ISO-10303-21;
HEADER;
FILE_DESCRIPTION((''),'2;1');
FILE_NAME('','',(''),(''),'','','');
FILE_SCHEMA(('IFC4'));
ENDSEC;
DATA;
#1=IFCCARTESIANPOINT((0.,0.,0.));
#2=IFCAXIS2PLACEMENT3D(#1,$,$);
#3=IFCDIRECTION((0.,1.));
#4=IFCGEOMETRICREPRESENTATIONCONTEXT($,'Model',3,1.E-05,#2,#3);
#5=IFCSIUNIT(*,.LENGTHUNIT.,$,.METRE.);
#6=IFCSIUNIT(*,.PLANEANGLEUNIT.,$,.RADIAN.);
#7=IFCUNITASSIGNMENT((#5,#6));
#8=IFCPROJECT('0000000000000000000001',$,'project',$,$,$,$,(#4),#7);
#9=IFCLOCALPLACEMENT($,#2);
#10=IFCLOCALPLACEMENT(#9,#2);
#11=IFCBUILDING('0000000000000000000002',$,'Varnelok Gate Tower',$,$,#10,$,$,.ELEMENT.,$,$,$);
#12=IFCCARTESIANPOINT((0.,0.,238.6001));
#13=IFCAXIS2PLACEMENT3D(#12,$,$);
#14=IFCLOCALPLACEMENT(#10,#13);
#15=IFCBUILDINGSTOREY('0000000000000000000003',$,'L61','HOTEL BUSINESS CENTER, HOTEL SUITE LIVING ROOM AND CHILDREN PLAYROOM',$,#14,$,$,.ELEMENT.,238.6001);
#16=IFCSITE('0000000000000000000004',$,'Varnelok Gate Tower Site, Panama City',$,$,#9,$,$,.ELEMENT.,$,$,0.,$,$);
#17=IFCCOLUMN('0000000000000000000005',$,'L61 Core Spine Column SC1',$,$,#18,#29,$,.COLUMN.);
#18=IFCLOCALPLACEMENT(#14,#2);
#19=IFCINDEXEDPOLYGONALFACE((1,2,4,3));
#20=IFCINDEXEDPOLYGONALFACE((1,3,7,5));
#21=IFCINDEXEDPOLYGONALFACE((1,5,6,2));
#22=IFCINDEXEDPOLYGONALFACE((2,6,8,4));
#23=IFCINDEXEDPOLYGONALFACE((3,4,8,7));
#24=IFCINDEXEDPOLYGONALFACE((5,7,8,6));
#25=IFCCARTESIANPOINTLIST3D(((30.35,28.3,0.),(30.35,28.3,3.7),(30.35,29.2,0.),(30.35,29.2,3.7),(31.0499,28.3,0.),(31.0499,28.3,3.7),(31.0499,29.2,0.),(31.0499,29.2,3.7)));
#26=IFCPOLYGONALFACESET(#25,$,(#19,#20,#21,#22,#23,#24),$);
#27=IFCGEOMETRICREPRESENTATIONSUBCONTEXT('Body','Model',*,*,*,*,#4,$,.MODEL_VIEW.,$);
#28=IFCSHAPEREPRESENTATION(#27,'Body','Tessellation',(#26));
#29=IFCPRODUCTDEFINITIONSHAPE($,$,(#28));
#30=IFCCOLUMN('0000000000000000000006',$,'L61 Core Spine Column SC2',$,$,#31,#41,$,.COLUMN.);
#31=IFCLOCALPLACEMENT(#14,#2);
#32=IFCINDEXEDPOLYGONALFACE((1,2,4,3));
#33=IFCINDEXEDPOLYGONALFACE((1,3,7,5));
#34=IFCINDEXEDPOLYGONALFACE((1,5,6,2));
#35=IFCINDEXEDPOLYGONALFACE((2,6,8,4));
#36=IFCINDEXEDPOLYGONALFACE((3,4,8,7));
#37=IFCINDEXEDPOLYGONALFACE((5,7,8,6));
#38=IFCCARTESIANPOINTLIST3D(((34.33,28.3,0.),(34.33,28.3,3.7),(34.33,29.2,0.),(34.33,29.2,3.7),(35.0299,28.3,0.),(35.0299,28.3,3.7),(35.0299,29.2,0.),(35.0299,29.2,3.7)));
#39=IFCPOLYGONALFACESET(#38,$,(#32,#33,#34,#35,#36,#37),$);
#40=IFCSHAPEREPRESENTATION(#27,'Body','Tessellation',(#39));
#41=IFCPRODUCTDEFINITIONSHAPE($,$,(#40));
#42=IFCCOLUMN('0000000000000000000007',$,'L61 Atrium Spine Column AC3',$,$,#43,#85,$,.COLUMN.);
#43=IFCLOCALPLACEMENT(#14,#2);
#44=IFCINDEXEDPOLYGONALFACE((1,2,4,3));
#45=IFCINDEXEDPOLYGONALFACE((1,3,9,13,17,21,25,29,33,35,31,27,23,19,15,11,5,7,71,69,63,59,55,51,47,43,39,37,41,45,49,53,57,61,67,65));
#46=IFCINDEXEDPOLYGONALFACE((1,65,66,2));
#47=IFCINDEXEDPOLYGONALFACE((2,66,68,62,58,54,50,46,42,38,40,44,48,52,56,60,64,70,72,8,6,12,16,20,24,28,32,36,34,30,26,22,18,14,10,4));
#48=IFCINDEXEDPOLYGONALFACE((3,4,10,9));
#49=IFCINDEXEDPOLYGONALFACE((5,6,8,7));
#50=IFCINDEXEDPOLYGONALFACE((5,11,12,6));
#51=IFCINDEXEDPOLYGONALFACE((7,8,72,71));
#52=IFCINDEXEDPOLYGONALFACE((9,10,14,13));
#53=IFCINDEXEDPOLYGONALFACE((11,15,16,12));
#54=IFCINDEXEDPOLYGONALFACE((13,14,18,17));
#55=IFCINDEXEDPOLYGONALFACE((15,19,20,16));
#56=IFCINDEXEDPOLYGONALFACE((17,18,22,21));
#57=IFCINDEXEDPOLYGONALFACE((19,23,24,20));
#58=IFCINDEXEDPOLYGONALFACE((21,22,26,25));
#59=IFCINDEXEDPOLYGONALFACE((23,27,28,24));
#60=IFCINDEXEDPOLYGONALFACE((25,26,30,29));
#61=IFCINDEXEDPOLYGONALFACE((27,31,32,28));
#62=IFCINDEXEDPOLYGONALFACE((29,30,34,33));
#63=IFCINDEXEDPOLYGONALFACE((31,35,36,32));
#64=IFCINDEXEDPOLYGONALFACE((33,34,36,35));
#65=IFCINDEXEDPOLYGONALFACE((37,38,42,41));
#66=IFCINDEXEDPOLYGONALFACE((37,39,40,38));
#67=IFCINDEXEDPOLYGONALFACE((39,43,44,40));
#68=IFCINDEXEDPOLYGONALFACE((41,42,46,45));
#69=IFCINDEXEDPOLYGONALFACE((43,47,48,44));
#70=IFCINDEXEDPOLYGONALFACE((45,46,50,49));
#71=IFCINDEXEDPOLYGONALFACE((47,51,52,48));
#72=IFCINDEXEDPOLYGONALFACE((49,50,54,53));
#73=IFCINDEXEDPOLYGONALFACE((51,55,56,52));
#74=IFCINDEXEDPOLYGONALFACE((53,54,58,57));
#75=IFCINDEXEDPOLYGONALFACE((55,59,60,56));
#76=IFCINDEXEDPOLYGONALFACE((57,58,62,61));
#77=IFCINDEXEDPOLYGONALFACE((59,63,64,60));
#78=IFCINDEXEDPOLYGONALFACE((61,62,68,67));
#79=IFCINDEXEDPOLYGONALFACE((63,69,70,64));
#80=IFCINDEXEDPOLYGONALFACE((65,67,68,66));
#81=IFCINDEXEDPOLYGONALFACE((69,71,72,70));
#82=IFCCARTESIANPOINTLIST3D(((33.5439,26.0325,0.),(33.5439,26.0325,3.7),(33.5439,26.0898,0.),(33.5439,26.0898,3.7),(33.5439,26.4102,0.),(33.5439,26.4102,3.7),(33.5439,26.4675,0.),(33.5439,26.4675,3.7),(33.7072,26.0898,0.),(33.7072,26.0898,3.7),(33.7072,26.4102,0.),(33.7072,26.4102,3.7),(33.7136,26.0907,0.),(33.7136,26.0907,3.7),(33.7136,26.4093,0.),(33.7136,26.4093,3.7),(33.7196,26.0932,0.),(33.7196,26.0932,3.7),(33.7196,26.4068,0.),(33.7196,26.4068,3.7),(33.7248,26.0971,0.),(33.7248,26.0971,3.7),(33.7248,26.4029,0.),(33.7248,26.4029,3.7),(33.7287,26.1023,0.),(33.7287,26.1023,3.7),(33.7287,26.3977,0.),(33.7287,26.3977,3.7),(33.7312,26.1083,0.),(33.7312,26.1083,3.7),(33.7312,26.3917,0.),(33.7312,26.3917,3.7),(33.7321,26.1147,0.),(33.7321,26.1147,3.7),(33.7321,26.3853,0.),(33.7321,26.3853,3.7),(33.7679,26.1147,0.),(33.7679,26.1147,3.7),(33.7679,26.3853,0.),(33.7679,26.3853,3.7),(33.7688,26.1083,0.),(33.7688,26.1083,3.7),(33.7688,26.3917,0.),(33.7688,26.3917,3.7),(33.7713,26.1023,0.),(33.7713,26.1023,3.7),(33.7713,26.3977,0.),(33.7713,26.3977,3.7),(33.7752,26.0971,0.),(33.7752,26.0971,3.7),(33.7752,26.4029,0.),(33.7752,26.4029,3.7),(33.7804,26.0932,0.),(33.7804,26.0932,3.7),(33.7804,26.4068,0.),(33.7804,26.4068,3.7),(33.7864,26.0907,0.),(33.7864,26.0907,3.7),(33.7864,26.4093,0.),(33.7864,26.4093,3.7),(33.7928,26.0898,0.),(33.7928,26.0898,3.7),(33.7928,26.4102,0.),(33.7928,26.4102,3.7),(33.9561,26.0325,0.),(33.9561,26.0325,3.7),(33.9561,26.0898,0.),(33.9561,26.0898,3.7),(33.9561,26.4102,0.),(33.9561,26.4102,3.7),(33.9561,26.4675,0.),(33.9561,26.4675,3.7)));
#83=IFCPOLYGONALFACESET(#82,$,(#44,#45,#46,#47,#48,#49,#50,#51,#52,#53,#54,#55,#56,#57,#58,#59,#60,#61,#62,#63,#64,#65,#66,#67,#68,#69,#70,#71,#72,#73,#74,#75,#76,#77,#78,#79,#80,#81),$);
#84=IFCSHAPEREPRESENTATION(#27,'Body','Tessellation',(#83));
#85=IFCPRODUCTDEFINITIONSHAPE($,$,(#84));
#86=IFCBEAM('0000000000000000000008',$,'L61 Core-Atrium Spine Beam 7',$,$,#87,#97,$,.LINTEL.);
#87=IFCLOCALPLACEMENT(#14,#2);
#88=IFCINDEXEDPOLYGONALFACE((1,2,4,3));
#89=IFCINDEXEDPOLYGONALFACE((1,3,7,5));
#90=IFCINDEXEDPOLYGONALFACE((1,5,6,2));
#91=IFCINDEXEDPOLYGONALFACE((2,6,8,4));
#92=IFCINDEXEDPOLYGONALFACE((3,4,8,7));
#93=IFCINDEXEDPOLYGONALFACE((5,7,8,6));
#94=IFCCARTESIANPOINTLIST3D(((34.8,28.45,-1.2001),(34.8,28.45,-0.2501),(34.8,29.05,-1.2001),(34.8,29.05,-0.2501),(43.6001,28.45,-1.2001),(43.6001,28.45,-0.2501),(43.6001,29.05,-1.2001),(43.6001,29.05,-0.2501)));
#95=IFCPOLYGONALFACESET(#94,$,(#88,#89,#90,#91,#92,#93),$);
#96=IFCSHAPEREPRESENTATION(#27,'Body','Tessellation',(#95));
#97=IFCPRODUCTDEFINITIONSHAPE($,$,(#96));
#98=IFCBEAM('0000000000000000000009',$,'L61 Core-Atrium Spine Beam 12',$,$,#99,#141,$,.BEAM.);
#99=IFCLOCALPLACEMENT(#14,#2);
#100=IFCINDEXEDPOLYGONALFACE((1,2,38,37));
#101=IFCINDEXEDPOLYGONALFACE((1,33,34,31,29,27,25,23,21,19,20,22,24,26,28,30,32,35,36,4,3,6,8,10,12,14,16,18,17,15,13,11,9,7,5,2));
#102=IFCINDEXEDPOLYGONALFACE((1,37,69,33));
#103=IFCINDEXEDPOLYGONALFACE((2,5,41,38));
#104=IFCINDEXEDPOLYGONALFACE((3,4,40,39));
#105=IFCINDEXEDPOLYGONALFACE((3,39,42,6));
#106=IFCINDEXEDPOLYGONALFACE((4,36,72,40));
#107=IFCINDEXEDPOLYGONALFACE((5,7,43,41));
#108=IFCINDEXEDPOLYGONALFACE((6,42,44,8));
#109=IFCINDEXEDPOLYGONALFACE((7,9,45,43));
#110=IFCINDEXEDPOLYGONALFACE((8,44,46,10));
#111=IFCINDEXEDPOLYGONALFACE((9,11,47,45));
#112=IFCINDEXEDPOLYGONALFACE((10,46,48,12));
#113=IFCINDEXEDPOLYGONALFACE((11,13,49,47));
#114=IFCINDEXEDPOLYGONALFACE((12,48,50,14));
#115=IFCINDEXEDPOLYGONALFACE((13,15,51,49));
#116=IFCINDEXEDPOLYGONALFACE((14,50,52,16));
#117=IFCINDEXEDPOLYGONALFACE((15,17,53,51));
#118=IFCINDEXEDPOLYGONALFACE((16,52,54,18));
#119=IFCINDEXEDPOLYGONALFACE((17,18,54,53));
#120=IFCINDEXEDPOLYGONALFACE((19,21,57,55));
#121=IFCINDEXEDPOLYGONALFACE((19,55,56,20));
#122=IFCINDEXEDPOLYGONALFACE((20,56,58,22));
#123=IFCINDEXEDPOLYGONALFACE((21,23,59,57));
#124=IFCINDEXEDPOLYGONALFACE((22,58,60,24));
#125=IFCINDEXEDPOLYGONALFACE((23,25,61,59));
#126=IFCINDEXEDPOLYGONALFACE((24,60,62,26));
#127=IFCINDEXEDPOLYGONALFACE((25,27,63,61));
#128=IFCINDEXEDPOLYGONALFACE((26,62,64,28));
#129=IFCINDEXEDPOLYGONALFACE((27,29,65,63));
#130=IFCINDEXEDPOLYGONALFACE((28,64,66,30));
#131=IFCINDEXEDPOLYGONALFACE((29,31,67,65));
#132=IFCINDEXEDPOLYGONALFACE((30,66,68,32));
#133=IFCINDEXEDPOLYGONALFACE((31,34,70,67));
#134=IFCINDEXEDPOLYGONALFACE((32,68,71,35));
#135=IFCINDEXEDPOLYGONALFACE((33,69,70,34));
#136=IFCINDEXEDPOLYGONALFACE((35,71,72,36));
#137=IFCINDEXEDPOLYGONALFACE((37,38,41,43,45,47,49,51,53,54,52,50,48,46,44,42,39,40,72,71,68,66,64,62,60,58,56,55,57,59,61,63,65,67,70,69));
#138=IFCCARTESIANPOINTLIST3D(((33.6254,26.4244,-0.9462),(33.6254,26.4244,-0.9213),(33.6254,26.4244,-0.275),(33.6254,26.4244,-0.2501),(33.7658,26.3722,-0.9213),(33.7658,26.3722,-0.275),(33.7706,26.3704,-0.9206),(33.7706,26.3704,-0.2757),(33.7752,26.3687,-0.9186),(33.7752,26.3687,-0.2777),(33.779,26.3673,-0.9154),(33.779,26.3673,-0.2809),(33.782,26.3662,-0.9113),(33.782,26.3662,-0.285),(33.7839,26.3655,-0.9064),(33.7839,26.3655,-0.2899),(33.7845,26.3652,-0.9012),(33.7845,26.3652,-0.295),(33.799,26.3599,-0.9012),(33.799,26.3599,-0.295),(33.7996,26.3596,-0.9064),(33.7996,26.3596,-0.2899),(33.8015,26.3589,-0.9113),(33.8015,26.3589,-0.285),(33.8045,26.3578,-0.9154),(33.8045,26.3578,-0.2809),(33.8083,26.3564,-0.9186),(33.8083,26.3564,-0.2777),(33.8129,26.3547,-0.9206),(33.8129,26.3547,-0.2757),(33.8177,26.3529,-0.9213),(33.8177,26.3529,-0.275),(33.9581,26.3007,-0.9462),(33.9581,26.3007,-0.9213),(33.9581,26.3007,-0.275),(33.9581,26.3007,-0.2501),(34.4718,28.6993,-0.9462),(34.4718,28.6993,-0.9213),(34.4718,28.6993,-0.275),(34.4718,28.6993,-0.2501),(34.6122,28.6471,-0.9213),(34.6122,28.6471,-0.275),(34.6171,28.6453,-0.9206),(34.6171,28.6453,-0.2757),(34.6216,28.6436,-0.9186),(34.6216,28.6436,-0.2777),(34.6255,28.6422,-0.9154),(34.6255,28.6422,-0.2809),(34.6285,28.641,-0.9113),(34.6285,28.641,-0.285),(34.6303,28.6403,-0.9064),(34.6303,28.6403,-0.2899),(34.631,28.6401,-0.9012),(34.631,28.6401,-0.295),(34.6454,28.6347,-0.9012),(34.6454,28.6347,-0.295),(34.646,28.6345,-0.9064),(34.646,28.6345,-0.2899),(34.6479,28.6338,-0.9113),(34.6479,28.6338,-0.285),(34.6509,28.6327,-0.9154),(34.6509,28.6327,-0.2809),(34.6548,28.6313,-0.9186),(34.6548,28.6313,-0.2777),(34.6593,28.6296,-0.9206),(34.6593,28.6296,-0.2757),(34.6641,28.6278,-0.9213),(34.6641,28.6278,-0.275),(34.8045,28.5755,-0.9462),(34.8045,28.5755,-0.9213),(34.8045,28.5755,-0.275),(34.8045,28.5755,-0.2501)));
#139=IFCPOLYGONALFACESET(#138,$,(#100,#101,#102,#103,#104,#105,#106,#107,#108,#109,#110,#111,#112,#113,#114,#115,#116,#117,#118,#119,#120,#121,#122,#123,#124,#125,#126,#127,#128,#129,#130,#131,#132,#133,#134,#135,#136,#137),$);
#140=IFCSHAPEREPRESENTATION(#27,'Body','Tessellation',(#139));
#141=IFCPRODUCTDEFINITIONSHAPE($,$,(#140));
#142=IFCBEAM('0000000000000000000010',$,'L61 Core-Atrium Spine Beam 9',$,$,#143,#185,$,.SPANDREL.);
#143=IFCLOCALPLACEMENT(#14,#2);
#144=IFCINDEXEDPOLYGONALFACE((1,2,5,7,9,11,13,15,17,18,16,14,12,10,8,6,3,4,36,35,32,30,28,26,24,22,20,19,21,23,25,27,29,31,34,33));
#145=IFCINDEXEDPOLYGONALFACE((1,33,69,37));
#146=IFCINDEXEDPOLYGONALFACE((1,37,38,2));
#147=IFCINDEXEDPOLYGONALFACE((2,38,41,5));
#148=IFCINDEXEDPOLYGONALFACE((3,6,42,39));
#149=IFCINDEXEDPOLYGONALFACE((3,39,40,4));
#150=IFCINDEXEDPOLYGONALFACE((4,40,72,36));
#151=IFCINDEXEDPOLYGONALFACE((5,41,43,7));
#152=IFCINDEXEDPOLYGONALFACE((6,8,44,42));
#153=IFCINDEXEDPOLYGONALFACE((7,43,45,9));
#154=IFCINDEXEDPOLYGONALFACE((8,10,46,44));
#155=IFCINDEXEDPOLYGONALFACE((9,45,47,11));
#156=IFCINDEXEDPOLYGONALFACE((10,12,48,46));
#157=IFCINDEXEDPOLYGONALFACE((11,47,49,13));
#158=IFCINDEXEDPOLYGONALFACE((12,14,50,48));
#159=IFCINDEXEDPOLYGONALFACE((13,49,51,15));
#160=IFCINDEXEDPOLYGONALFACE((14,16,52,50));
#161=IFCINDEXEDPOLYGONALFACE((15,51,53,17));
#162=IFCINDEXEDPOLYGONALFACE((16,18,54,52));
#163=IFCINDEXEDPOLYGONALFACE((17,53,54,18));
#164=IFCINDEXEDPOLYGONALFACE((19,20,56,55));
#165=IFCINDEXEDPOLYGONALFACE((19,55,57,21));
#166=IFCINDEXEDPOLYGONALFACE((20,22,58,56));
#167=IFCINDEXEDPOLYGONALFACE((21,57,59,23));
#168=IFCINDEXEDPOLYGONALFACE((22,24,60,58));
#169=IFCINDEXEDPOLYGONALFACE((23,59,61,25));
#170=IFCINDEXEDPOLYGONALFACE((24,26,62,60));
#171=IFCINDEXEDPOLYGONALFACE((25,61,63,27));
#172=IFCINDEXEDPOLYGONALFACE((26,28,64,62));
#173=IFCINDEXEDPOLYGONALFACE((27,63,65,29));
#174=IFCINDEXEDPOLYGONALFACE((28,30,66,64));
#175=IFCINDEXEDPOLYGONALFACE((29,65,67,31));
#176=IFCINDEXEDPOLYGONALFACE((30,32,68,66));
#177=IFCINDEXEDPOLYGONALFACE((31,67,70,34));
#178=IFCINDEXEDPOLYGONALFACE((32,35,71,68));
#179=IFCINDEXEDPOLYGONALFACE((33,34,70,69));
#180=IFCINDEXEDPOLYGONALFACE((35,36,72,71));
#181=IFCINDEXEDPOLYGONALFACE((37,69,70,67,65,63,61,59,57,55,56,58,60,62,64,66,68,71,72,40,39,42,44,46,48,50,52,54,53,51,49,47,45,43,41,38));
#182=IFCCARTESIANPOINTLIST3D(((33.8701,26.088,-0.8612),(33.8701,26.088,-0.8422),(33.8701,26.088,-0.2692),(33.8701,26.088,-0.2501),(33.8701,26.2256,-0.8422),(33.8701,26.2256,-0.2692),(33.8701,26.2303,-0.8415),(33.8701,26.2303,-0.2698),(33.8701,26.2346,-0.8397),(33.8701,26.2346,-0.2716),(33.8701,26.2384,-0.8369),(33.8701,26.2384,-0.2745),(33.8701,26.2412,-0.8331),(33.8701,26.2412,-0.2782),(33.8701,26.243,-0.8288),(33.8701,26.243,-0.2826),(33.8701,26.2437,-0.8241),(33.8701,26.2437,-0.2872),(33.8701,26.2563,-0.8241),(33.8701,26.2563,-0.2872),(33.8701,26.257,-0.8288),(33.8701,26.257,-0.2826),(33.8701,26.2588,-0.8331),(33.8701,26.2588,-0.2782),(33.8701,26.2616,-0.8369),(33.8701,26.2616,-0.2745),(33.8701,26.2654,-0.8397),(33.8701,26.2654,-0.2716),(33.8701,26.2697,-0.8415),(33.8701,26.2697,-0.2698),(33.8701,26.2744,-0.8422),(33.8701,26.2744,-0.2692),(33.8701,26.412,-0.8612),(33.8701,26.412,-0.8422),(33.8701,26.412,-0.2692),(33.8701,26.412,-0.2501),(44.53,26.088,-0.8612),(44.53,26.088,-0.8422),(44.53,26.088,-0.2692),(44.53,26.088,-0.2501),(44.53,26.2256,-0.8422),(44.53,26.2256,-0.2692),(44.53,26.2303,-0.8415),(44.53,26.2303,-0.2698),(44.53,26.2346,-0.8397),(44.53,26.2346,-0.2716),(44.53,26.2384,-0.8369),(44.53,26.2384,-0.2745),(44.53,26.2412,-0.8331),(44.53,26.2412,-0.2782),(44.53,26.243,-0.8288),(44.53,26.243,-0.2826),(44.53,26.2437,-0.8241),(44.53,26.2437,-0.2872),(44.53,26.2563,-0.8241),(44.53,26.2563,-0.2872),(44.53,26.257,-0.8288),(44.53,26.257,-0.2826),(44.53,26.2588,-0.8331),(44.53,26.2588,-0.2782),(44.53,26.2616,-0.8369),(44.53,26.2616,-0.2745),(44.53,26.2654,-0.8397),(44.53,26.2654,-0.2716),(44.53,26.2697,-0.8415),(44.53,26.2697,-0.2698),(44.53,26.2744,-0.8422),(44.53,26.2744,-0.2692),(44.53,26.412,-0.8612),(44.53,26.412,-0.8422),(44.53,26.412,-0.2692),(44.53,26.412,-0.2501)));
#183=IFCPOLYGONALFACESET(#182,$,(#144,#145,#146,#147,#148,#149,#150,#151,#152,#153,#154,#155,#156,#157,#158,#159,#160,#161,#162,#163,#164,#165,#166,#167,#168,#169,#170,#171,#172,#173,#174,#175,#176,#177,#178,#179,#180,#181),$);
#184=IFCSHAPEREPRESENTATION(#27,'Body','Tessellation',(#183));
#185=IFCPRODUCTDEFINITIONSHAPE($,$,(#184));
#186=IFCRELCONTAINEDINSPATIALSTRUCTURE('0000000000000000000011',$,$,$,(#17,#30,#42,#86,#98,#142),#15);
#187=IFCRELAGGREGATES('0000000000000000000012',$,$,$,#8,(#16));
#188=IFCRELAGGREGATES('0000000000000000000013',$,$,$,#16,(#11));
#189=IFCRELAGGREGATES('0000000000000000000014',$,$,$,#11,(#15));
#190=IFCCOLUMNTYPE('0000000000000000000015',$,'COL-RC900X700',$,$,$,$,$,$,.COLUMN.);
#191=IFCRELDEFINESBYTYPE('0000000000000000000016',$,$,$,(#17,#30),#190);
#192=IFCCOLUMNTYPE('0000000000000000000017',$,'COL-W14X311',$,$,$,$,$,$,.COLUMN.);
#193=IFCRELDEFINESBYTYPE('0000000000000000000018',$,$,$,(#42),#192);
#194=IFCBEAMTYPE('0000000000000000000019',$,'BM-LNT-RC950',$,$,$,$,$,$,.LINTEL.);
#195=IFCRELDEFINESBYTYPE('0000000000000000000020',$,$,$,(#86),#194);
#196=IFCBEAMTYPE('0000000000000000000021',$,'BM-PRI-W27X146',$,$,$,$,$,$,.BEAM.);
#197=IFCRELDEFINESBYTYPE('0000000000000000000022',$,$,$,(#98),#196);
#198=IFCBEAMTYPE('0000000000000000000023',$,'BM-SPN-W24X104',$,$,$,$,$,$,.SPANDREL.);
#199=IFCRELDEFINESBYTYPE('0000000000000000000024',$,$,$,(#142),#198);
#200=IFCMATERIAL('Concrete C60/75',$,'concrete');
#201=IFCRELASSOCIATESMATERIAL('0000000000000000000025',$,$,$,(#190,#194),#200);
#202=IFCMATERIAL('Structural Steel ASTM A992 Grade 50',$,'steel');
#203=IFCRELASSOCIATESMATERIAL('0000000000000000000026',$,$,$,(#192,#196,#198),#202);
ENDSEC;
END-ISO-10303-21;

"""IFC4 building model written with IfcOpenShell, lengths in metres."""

from ifc_helpers import new_model, si_unit, direction, frame, origin, origin_2d, place, context, subcontext, project, spatial, rectangle, i_section, extrude, material, material_profile, profile_set, type_object, element, save


model = new_model("IFC4")

# Units and contexts
model_context = context("Model", 3, precision=1e-05, world=origin(), true_north=direction((0.0, 1.0)))
body_context = subcontext(model_context, "Body", "Model", "MODEL_VIEW")
ifc_project = project(units=[si_unit("LENGTHUNIT", "METRE"), si_unit("PLANEANGLEUNIT", "RADIAN")], contexts=[model_context])

# Site, building, storey
site_placement = place(None, origin())
site = spatial("IfcSite", under=ifc_project, at=site_placement, Name="Varnelok Gate Tower Site, Panama City", CompositionType="ELEMENT", RefElevation=0.0)
building_placement = place(site_placement, origin())
building = spatial("IfcBuilding", under=site, at=building_placement, Name="Varnelok Gate Tower", CompositionType="ELEMENT")
storey_placement = place(building_placement, frame((0.0, 0.0, 238.6001)))
storey = spatial("IfcBuildingStorey", under=building, at=storey_placement, Name="L61", Description="HOTEL BUSINESS CENTER, HOTEL SUITE LIVING ROOM AND CHILDREN PLAYROOM", CompositionType="ELEMENT", Elevation=238.6001)

# Columns
ifc_material_1 = material(Name="Concrete C60/75", Category="concrete")
ifc_material_profile_1 = material_profile(ifc_material_1, rectangle(XDim=0.7, YDim=0.8999, at=origin_2d()), Name="RC900X700")
ifc_profile_set_1 = profile_set([ifc_material_profile_1], Name="Concrete C60/75")
column_type_1 = type_object("IfcColumnType", Name="COL-RC900X700", PredefinedType="COLUMN", material=ifc_profile_set_1)
for number, where, z_axis, x_axis, name in (
    (1, (30.7, 28.75, 0.0), (0.0, 0.0, 1.0), (1.0, 0.0, 0.0), "L61 Core Spine Column SC1"),
    (2, (34.6799, 28.75, 0.0), (0.0, 0.0, 1.0), (1.0, 0.0, 0.0), "L61 Core Spine Column SC2"),
):
    element("IfcColumn", number, at=place(storey_placement, frame(where, z_axis=z_axis, x_axis=x_axis)), inside=storey, type_object=column_type_1, Name=name, PredefinedType="COLUMN", context=body_context, shape_type="SweptSolid", body=[
        extrude(rectangle(XDim=0.7, YDim=0.8999, at=origin_2d()), origin(), (0.0, 0.0, 1.0), 3.7),
    ])
ifc_material_2 = material(Name="Structural Steel ASTM A992 Grade 50", Category="steel")
ifc_material_profile_2 = material_profile(ifc_material_2, i_section(OverallWidth=0.4121, OverallDepth=0.4351, WebThickness=0.0359, FlangeThickness=0.0574, FilletRadius=0.0249, at=origin_2d()), Name="W14X311")
ifc_profile_set_2 = profile_set([ifc_material_profile_2], Name="Structural Steel ASTM A992 Grade 50")
column_type_2 = type_object("IfcColumnType", Name="COL-W14X311", PredefinedType="COLUMN", material=ifc_profile_set_2)
column_placement = place(storey_placement, frame((33.75, 26.25, 0.0), z_axis=(0.0, 0.0, 1.0), x_axis=(1.0, 0.0, 0.0)))
element("IfcColumn", 3, at=column_placement, inside=storey, type_object=column_type_2, Name="L61 Atrium Spine Column AC3", PredefinedType="COLUMN", context=body_context, shape_type="SweptSolid", body=[
    extrude(i_section(OverallWidth=0.4121, OverallDepth=0.4351, WebThickness=0.0359, FlangeThickness=0.0574, FilletRadius=0.0249, at=origin_2d()), origin(), (0.0, 0.0, 1.0), 3.7),
])

# Beams
ifc_material_profile_3 = material_profile(ifc_material_1, rectangle(XDim=0.6001, YDim=0.95, at=origin_2d()), Name="RC950X600")
ifc_profile_set_3 = profile_set([ifc_material_profile_3], Name="Concrete C60/75")
beam_type_1 = type_object("IfcBeamType", Name="BM-LNT-RC950", PredefinedType="LINTEL", material=ifc_profile_set_3)
beam_1_placement = place(storey_placement, frame((34.8, 28.75, -0.7251), z_axis=(1.0, 0.0, 0.0), x_axis=(0.0, 1.0, 0.0)))
element("IfcBeam", 4, at=beam_1_placement, inside=storey, type_object=beam_type_1, Name="L61 Core-Atrium Spine Beam 7", PredefinedType="LINTEL", context=body_context, shape_type="SweptSolid", body=[
    extrude(rectangle(XDim=0.6001, YDim=0.95, at=origin_2d()), origin(), (0.0, 0.0, 1.0), 8.8),
])
ifc_material_profile_4 = material_profile(ifc_material_2, i_section(OverallWidth=0.355, OverallDepth=0.696, WebThickness=0.0154, FlangeThickness=0.0249, FilletRadius=0.02, at=origin_2d()), Name="W27X146")
ifc_profile_set_4 = profile_set([ifc_material_profile_4], Name="Structural Steel ASTM A992 Grade 50")
beam_type_2 = type_object("IfcBeamType", Name="BM-PRI-W27X146", PredefinedType="BEAM", material=ifc_profile_set_4)
beam_2_placement = place(storey_placement, frame((33.7917, 26.3625, -0.5981), z_axis=(0.348719, 0.937227, 0.0), x_axis=(-0.937227, 0.348719, 0.0)))
element("IfcBeam", 5, at=beam_2_placement, inside=storey, type_object=beam_type_2, Name="L61 Core-Atrium Spine Beam 12", PredefinedType="BEAM", context=body_context, shape_type="SweptSolid", body=[
    extrude(i_section(OverallWidth=0.355, OverallDepth=0.696, WebThickness=0.0154, FlangeThickness=0.0249, FilletRadius=0.02, at=origin_2d()), origin(), (0.0, 0.0, 1.0), 2.4272),
])
ifc_material_profile_5 = material_profile(ifc_material_2, i_section(OverallWidth=0.324, OverallDepth=0.6111, WebThickness=0.0127, FlangeThickness=0.019, FilletRadius=0.0181, at=origin_2d()), Name="W24X104")
ifc_profile_set_5 = profile_set([ifc_material_profile_5], Name="Structural Steel ASTM A992 Grade 50")
beam_type_3 = type_object("IfcBeamType", Name="BM-SPN-W24X104", PredefinedType="SPANDREL", material=ifc_profile_set_5)
beam_3_placement = place(storey_placement, frame((33.8701, 26.25, -0.5557), z_axis=(1.0, 0.0, 0.0), x_axis=(0.0, 1.0, 0.0)))
element("IfcBeam", 6, at=beam_3_placement, inside=storey, type_object=beam_type_3, Name="L61 Core-Atrium Spine Beam 9", PredefinedType="SPANDREL", context=body_context, shape_type="SweptSolid", body=[
    extrude(i_section(OverallWidth=0.324, OverallDepth=0.6111, WebThickness=0.0127, FlangeThickness=0.019, FilletRadius=0.0181, at=origin_2d()), origin(), (0.0, 0.0, 1.0), 10.6599),
])

save(model, "model.ifc")
